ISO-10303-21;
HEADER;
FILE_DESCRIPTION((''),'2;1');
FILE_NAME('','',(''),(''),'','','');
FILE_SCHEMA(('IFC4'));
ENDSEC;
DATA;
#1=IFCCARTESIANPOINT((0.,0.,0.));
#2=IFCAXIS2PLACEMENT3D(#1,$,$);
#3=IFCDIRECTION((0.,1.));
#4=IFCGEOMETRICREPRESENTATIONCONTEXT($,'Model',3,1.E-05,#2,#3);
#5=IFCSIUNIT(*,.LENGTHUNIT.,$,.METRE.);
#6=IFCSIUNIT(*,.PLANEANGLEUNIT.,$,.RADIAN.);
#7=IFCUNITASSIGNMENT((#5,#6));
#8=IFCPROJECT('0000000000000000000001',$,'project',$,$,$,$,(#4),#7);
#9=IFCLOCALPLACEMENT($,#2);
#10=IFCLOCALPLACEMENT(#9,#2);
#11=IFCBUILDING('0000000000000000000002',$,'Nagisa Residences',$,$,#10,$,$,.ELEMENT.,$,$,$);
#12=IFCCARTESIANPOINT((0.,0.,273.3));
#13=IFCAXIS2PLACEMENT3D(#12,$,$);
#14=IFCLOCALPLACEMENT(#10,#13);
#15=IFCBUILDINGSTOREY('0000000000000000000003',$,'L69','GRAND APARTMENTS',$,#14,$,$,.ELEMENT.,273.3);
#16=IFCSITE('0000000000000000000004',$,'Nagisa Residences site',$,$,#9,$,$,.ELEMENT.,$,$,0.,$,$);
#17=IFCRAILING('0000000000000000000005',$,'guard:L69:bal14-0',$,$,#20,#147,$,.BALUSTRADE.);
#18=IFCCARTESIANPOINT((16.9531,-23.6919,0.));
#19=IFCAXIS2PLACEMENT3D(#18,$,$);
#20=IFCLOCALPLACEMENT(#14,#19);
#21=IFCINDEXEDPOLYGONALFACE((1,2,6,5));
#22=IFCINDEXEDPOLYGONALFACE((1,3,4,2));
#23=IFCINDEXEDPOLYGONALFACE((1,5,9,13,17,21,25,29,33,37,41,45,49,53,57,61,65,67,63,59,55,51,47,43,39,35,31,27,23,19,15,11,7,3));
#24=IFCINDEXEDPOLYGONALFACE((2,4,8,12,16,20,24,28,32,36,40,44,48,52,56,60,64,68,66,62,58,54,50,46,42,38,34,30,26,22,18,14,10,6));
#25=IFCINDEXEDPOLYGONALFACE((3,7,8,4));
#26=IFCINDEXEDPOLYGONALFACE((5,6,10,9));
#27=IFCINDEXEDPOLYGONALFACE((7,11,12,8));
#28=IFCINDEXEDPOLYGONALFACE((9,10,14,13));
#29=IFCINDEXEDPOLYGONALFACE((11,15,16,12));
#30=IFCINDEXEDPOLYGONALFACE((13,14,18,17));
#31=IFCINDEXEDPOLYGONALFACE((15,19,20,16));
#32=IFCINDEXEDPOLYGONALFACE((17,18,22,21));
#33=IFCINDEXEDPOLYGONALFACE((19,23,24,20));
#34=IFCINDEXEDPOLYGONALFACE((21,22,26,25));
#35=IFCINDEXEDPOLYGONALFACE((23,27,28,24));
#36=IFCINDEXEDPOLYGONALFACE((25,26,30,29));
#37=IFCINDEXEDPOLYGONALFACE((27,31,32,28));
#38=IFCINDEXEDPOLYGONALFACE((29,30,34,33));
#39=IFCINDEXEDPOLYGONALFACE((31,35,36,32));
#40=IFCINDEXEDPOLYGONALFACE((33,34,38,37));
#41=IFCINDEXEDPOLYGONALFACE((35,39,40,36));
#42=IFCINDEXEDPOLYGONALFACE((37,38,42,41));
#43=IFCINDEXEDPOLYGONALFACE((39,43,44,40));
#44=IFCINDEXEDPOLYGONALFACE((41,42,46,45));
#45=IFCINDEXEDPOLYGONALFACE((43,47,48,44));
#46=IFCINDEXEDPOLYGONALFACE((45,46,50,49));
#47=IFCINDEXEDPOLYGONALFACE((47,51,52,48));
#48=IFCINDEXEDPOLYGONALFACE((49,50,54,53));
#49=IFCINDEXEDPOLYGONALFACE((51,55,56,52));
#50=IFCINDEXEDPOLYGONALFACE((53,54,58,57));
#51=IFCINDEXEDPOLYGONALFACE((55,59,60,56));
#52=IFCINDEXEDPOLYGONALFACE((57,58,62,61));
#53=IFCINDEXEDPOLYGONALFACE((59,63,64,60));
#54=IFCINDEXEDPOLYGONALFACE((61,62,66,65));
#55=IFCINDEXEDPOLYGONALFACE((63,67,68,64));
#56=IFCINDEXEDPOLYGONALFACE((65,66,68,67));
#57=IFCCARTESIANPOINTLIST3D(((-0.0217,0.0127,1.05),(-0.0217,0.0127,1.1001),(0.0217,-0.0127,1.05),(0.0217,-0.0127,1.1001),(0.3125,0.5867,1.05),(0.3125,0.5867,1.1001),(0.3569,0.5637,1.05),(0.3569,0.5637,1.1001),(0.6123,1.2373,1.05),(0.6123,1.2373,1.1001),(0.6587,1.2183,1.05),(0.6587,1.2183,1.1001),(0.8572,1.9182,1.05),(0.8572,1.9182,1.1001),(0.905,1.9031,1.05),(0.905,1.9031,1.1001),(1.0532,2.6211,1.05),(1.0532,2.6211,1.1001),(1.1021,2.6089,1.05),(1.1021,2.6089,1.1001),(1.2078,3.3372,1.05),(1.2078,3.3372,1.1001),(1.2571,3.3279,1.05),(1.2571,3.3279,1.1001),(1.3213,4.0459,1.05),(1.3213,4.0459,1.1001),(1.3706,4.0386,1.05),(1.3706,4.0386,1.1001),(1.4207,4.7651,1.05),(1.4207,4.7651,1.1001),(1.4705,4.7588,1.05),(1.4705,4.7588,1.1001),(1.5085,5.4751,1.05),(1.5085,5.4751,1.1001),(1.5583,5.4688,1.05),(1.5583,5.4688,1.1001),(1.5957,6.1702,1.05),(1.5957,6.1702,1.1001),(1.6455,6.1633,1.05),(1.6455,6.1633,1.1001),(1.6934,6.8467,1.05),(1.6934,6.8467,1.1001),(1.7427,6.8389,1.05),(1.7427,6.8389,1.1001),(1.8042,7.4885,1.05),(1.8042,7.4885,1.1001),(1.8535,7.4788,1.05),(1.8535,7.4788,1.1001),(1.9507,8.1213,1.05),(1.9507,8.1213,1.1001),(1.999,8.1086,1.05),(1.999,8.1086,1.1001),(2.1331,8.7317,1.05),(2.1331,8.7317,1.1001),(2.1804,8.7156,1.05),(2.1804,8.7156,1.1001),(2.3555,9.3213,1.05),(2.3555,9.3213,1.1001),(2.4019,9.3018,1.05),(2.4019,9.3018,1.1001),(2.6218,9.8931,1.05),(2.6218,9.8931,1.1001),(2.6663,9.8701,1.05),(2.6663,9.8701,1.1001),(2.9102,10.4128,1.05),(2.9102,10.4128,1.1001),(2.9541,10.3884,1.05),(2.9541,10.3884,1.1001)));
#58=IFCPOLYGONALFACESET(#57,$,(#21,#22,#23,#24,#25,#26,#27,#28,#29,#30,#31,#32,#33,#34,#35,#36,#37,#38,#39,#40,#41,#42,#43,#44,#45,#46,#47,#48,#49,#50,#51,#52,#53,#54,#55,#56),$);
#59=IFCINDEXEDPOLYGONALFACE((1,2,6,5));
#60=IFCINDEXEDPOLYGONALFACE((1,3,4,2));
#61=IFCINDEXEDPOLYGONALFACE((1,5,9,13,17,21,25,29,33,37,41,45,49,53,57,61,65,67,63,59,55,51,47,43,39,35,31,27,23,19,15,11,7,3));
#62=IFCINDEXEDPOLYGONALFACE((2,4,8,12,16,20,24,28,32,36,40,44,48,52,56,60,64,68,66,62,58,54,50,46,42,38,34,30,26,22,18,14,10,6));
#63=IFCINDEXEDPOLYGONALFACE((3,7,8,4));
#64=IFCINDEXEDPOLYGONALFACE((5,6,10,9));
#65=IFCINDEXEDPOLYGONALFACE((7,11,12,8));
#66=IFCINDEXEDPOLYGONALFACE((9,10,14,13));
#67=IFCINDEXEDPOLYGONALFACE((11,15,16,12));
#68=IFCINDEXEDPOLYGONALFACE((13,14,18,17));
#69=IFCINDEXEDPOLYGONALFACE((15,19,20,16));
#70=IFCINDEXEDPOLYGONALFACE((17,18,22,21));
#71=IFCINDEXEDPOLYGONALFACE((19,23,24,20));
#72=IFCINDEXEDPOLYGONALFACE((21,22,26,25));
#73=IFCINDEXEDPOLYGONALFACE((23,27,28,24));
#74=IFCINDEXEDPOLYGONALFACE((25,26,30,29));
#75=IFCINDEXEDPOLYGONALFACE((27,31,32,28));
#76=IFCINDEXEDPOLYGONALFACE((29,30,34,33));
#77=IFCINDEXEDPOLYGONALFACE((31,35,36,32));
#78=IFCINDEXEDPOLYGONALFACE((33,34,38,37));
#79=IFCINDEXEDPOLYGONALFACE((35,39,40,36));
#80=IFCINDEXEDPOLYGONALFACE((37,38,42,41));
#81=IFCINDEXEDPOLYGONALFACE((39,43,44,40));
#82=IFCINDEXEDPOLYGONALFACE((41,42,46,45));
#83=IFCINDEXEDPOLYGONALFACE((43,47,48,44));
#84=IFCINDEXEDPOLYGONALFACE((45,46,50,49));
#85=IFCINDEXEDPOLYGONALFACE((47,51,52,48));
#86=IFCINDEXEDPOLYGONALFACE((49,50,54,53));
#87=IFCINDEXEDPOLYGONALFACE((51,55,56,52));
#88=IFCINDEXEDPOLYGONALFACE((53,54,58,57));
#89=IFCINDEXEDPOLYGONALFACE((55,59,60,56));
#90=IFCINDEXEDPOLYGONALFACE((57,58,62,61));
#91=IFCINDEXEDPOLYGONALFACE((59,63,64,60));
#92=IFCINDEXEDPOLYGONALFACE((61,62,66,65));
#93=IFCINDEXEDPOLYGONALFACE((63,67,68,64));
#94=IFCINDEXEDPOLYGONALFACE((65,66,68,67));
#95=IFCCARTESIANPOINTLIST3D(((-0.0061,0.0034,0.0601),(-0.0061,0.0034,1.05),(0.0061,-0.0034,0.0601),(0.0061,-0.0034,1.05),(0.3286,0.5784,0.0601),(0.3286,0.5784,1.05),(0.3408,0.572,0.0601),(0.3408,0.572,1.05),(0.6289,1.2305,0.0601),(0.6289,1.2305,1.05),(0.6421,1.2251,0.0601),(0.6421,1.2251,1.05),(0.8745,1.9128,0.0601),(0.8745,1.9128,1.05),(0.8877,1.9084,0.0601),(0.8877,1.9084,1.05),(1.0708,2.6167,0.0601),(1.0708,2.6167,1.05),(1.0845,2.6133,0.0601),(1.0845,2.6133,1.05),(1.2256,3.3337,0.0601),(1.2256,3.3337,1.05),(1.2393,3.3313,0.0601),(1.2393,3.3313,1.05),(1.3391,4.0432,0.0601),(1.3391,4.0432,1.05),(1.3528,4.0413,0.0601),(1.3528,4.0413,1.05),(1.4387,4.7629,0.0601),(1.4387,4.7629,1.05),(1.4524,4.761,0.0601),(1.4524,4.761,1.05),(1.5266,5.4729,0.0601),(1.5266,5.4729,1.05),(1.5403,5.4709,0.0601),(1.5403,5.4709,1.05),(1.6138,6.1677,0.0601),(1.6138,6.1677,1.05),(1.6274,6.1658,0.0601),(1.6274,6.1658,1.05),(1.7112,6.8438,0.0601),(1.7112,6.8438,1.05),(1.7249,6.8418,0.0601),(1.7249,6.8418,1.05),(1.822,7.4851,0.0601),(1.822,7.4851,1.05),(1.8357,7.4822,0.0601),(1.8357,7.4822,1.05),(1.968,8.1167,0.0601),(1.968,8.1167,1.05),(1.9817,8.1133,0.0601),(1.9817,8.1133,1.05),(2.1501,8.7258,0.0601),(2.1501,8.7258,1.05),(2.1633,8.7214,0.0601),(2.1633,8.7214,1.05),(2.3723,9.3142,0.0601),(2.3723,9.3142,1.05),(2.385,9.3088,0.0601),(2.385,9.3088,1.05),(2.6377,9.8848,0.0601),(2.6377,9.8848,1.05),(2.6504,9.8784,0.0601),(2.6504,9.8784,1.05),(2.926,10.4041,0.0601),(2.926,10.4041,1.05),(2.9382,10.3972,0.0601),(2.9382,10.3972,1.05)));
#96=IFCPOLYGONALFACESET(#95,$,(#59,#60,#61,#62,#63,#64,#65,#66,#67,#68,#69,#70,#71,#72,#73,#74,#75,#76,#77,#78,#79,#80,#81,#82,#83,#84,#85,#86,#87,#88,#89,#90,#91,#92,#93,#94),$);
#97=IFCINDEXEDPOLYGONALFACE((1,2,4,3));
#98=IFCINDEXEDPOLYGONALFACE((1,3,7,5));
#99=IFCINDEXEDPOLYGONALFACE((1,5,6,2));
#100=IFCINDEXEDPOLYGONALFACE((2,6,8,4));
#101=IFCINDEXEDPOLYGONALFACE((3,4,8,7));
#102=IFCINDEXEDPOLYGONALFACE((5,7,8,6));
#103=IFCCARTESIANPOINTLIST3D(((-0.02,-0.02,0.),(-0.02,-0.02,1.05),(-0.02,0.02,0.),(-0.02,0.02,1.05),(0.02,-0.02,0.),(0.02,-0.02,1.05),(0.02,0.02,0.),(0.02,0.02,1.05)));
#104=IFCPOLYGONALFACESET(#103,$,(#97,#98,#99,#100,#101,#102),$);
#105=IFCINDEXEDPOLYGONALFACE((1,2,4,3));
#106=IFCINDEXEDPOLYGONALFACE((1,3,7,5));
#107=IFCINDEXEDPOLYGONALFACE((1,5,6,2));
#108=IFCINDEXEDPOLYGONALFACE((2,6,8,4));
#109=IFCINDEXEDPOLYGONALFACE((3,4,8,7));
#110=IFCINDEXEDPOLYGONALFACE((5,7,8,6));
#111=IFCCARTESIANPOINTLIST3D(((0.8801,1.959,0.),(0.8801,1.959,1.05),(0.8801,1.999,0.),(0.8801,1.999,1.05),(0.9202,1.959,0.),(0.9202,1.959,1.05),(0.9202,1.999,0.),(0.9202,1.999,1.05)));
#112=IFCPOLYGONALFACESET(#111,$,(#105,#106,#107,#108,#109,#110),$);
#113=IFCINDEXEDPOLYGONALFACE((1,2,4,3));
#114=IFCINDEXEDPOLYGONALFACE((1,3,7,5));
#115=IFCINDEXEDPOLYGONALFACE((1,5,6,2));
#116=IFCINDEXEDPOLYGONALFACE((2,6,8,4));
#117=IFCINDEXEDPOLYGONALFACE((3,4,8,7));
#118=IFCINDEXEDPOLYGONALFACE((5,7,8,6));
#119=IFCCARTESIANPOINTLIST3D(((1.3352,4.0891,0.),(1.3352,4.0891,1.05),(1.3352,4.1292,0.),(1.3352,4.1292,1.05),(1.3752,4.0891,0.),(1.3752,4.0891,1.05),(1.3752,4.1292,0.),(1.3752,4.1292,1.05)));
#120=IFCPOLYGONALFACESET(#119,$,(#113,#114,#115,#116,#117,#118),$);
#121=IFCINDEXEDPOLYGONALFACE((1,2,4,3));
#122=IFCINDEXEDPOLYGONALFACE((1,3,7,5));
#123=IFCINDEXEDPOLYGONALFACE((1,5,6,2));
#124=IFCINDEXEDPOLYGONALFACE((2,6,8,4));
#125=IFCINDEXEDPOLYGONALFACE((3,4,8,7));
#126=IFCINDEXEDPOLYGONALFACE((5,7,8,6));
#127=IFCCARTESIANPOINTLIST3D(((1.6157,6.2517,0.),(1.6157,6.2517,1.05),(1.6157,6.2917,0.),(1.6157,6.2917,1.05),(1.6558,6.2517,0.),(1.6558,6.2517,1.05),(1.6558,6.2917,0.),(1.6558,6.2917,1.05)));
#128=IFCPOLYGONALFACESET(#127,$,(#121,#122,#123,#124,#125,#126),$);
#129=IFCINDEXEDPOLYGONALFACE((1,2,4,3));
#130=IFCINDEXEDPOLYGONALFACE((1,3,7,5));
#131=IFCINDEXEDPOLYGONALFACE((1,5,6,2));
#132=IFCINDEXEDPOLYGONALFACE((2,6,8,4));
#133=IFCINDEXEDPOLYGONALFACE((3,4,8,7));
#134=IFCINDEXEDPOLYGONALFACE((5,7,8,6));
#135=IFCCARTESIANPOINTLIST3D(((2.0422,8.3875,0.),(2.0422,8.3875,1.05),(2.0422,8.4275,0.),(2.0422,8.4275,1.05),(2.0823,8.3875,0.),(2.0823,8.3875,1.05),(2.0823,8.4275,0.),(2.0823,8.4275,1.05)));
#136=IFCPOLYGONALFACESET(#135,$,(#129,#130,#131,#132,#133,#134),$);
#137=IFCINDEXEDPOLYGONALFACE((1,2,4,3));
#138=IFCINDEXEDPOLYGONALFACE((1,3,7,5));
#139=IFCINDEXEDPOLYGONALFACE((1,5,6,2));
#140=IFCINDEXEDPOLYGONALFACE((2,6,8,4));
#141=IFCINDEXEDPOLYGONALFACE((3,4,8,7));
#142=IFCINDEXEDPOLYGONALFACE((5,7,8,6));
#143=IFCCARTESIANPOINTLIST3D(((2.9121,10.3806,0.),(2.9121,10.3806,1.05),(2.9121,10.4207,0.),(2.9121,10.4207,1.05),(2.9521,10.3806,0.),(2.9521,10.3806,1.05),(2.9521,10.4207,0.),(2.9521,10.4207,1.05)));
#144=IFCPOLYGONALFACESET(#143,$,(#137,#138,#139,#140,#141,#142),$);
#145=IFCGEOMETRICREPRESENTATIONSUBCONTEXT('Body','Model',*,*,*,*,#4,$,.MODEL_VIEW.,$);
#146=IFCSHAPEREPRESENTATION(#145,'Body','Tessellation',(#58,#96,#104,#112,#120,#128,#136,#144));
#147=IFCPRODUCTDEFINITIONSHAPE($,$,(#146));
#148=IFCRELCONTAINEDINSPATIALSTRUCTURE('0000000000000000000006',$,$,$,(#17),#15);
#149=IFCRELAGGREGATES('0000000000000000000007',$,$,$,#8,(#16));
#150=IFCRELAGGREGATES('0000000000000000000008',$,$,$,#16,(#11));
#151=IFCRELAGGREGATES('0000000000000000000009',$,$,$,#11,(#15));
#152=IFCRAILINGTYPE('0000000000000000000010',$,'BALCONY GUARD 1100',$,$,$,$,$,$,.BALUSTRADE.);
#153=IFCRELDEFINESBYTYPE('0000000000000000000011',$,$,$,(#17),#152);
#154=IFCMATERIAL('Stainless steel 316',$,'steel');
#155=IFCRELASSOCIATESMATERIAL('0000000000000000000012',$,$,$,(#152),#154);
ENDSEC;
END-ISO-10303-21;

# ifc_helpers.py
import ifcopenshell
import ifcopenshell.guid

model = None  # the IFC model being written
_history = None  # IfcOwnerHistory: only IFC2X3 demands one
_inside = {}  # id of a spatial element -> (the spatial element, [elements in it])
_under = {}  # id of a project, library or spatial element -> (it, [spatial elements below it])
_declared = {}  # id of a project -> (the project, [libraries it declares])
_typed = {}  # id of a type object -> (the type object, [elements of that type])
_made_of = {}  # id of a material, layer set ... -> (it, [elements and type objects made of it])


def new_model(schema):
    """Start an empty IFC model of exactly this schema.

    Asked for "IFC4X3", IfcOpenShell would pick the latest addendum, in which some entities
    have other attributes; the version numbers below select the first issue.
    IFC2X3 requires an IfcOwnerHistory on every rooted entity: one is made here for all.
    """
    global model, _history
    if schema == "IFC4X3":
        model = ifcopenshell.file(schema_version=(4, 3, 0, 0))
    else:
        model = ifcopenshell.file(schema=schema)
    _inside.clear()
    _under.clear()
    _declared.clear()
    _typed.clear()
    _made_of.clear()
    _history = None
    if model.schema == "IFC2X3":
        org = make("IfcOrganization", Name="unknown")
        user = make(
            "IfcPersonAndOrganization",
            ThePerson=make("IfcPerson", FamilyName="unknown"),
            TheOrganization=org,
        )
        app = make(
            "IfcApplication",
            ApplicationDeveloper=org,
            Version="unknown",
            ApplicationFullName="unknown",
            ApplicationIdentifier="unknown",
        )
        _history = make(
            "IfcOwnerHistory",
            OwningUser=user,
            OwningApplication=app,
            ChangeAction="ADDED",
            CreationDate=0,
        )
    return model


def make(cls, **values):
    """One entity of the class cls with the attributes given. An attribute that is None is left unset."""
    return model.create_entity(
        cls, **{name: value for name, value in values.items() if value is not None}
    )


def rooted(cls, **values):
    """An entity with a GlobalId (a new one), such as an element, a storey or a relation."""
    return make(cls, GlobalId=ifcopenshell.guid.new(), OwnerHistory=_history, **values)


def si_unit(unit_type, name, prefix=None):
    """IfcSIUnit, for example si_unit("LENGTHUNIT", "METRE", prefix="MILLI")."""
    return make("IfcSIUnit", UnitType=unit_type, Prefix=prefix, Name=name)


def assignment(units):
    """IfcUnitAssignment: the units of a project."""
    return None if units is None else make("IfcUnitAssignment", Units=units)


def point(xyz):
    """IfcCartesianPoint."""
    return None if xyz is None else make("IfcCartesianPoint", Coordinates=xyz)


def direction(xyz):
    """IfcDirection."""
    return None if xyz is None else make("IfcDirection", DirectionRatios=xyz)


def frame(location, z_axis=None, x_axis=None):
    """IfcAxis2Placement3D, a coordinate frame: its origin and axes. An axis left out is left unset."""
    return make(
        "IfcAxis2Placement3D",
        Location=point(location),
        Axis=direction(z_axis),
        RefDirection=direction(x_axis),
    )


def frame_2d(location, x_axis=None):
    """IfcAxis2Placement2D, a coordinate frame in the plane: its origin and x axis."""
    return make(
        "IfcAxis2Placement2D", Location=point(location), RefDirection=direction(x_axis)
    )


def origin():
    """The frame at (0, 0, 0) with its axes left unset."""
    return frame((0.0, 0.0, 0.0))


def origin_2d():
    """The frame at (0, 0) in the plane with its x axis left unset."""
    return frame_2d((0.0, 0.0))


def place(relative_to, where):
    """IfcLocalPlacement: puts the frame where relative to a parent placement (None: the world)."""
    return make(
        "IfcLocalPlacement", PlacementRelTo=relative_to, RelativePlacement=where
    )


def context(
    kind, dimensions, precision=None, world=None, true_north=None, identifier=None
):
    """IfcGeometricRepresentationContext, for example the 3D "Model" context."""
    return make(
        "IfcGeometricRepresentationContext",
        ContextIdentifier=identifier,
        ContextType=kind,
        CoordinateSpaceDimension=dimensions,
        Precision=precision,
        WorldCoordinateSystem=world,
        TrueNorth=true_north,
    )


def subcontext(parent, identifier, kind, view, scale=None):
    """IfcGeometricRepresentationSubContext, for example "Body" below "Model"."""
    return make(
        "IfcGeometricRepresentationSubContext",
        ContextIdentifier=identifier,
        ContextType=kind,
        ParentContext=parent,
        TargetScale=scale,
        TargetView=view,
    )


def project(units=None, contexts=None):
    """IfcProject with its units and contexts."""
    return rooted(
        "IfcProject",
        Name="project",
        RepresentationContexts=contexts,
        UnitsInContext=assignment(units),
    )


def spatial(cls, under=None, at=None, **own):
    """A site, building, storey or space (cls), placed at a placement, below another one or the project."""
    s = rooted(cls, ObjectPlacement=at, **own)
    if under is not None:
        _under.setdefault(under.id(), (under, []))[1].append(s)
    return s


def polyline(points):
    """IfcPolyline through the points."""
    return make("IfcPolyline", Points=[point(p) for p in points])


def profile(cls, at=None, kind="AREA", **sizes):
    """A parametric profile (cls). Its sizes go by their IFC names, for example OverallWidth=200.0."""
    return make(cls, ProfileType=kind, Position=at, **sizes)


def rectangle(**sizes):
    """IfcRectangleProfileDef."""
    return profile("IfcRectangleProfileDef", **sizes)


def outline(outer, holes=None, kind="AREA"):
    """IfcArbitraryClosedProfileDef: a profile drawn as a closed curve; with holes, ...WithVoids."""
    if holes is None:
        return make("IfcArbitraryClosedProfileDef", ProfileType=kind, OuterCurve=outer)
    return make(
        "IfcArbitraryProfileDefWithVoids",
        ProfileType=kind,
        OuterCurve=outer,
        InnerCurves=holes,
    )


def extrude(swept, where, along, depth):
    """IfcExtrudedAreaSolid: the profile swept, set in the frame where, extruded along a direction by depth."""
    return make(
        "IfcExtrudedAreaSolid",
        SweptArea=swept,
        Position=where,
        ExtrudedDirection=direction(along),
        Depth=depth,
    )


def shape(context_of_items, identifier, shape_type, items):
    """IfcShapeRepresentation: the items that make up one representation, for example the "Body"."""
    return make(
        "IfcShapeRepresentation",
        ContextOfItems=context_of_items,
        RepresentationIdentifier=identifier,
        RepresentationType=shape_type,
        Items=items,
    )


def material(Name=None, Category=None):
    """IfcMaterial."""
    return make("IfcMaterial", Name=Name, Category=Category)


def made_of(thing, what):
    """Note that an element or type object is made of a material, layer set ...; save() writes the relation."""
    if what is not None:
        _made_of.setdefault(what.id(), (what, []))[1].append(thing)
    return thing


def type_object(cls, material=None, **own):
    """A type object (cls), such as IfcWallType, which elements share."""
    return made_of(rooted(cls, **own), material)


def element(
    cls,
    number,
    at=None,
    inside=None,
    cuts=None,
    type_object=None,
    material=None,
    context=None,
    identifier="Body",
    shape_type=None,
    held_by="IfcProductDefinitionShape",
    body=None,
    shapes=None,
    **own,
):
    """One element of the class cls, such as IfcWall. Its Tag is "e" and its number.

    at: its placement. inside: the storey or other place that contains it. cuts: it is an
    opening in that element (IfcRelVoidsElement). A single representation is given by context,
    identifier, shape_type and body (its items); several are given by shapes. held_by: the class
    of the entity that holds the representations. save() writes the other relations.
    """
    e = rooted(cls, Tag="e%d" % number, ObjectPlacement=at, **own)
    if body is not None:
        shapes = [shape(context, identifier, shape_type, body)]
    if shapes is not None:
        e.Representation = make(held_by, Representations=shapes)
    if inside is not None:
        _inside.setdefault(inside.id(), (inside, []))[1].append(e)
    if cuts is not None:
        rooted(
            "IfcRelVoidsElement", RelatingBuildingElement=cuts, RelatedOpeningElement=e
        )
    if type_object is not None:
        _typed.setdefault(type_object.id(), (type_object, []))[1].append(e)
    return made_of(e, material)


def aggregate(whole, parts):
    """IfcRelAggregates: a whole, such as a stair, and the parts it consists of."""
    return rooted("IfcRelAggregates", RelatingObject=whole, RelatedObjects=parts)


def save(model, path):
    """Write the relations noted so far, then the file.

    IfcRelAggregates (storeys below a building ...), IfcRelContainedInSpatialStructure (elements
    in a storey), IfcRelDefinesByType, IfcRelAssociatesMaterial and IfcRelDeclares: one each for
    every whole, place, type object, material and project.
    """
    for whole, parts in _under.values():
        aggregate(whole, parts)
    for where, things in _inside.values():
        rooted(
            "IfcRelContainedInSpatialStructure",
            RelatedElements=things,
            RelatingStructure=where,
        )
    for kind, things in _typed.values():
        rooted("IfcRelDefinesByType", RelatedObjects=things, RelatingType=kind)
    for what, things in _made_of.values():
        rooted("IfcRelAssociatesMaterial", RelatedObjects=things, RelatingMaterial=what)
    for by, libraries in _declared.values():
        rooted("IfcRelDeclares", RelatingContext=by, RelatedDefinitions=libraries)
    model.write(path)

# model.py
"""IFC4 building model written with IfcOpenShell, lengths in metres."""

from ifc_helpers import new_model, si_unit, direction, frame, origin, origin_2d, place, context, subcontext, project, spatial, polyline, rectangle, outline, extrude, material, type_object, element, save


model = new_model("IFC4")

# Units and contexts
model_context = context("Model", 3, precision=1e-05, world=origin(), true_north=direction((0.0, 1.0)))
body_context = subcontext(model_context, "Body", "Model", "MODEL_VIEW")
ifc_project = project(units=[si_unit("LENGTHUNIT", "METRE"), si_unit("PLANEANGLEUNIT", "RADIAN")], contexts=[model_context])

# Site, building, storey
site_placement = place(None, origin())
site = spatial("IfcSite", under=ifc_project, at=site_placement, Name="Nagisa Residences site", CompositionType="ELEMENT", RefElevation=0.0)
building_placement = place(site_placement, origin())
building = spatial("IfcBuilding", under=site, at=building_placement, Name="Nagisa Residences", CompositionType="ELEMENT")
storey_placement = place(building_placement, frame((0.0, 0.0, 273.3)))
storey = spatial("IfcBuildingStorey", under=building, at=storey_placement, Name="L69", Description="GRAND APARTMENTS", CompositionType="ELEMENT", Elevation=273.3)

# Railing
ifc_material_1 = material(Name="Stainless steel 316", Category="steel")
railing_type = type_object("IfcRailingType", Name="BALCONY GUARD 1100", PredefinedType="BALUSTRADE", material=ifc_material_1)
railing_1_placement = place(storey_placement, frame((16.9531, -23.6919, 0.0)))
element("IfcRailing", 1, at=railing_1_placement, inside=storey, type_object=railing_type, Name="guard:L69:bal14-0", PredefinedType="BALUSTRADE", context=body_context, shape_type="SweptSolid", body=[
    extrude(outline(polyline([(0.3125, 0.5867), (-0.0217, 0.0127), (0.0217, -0.0127), (0.3569, 0.5637), (0.6587, 1.2183), (0.905, 1.9031), (1.1021, 2.6089), (1.2571, 3.3279), (1.3706, 4.0386), (1.4705, 4.7588), (1.5583, 5.4688), (1.6455, 6.1633), (1.7427, 6.8389), (1.8535, 7.4788), (1.999, 8.1086), (2.1804, 8.7156), (2.4019, 9.3018), (2.6663, 9.8701), (2.9541, 10.3884), (2.9102, 10.4128), (2.6218, 9.8931), (2.3555, 9.3213), (2.1331, 8.7317), (1.9507, 8.1213), (1.8042, 7.4885), (1.6934, 6.8467), (1.5957, 6.1702), (1.5085, 5.4751), (1.4207, 4.7651), (1.3213, 4.0459), (1.2078, 3.3372), (1.0532, 2.6211), (0.8572, 1.9182), (0.6123, 1.2373), (0.3125, 0.5867)])), frame((0.0, 0.0, 1.05)), (0.0, 0.0, 1.0), 0.05),
    extrude(outline(polyline([(0.3286, 0.5784), (-0.0061, 0.0034), (0.0061, -0.0034), (0.3408, 0.572), (0.6421, 1.2251), (0.8877, 1.9084), (1.0845, 2.6133), (1.2393, 3.3313), (1.3528, 4.0413), (1.4524, 4.761), (1.5403, 5.4709), (1.6274, 6.1658), (1.7249, 6.8418), (1.8357, 7.4822), (1.9817, 8.1133), (2.1633, 8.7214), (2.385, 9.3088), (2.6504, 9.8784), (2.9382, 10.3972), (2.926, 10.4041), (2.6377, 9.8848), (2.3723, 9.3142), (2.1501, 8.7258), (1.968, 8.1167), (1.822, 7.4851), (1.7112, 6.8438), (1.6138, 6.1677), (1.5266, 5.4729), (1.4387, 4.7629), (1.3391, 4.0432), (1.2256, 3.3337), (1.0708, 2.6167), (0.8745, 1.9128), (0.6289, 1.2305), (0.3286, 0.5784)])), frame((0.0, 0.0, 0.0601)), (0.0, 0.0, 1.0), 0.99),
    extrude(rectangle(XDim=0.04, YDim=0.04, at=origin_2d()), origin(), (0.0, 0.0, 1.0), 1.05),
    extrude(rectangle(XDim=0.04, YDim=0.04, at=origin_2d()), frame((0.9001, 1.979, 0.0)), (0.0, 0.0, 1.0), 1.05),
    extrude(rectangle(XDim=0.04, YDim=0.04, at=origin_2d()), frame((1.3552, 4.1091, 0.0)), (0.0, 0.0, 1.0), 1.05),
    extrude(rectangle(XDim=0.04, YDim=0.04, at=origin_2d()), frame((1.6357, 6.2717, 0.0)), (0.0, 0.0, 1.0), 1.05),
    extrude(rectangle(XDim=0.04, YDim=0.04, at=origin_2d()), frame((2.0623, 8.4075, 0.0)), (0.0, 0.0, 1.0), 1.05),
    extrude(rectangle(XDim=0.04, YDim=0.04, at=origin_2d()), frame((2.9321, 10.4006, 0.0)), (0.0, 0.0, 1.0), 1.05),
])

save(model, "model.ifc")
